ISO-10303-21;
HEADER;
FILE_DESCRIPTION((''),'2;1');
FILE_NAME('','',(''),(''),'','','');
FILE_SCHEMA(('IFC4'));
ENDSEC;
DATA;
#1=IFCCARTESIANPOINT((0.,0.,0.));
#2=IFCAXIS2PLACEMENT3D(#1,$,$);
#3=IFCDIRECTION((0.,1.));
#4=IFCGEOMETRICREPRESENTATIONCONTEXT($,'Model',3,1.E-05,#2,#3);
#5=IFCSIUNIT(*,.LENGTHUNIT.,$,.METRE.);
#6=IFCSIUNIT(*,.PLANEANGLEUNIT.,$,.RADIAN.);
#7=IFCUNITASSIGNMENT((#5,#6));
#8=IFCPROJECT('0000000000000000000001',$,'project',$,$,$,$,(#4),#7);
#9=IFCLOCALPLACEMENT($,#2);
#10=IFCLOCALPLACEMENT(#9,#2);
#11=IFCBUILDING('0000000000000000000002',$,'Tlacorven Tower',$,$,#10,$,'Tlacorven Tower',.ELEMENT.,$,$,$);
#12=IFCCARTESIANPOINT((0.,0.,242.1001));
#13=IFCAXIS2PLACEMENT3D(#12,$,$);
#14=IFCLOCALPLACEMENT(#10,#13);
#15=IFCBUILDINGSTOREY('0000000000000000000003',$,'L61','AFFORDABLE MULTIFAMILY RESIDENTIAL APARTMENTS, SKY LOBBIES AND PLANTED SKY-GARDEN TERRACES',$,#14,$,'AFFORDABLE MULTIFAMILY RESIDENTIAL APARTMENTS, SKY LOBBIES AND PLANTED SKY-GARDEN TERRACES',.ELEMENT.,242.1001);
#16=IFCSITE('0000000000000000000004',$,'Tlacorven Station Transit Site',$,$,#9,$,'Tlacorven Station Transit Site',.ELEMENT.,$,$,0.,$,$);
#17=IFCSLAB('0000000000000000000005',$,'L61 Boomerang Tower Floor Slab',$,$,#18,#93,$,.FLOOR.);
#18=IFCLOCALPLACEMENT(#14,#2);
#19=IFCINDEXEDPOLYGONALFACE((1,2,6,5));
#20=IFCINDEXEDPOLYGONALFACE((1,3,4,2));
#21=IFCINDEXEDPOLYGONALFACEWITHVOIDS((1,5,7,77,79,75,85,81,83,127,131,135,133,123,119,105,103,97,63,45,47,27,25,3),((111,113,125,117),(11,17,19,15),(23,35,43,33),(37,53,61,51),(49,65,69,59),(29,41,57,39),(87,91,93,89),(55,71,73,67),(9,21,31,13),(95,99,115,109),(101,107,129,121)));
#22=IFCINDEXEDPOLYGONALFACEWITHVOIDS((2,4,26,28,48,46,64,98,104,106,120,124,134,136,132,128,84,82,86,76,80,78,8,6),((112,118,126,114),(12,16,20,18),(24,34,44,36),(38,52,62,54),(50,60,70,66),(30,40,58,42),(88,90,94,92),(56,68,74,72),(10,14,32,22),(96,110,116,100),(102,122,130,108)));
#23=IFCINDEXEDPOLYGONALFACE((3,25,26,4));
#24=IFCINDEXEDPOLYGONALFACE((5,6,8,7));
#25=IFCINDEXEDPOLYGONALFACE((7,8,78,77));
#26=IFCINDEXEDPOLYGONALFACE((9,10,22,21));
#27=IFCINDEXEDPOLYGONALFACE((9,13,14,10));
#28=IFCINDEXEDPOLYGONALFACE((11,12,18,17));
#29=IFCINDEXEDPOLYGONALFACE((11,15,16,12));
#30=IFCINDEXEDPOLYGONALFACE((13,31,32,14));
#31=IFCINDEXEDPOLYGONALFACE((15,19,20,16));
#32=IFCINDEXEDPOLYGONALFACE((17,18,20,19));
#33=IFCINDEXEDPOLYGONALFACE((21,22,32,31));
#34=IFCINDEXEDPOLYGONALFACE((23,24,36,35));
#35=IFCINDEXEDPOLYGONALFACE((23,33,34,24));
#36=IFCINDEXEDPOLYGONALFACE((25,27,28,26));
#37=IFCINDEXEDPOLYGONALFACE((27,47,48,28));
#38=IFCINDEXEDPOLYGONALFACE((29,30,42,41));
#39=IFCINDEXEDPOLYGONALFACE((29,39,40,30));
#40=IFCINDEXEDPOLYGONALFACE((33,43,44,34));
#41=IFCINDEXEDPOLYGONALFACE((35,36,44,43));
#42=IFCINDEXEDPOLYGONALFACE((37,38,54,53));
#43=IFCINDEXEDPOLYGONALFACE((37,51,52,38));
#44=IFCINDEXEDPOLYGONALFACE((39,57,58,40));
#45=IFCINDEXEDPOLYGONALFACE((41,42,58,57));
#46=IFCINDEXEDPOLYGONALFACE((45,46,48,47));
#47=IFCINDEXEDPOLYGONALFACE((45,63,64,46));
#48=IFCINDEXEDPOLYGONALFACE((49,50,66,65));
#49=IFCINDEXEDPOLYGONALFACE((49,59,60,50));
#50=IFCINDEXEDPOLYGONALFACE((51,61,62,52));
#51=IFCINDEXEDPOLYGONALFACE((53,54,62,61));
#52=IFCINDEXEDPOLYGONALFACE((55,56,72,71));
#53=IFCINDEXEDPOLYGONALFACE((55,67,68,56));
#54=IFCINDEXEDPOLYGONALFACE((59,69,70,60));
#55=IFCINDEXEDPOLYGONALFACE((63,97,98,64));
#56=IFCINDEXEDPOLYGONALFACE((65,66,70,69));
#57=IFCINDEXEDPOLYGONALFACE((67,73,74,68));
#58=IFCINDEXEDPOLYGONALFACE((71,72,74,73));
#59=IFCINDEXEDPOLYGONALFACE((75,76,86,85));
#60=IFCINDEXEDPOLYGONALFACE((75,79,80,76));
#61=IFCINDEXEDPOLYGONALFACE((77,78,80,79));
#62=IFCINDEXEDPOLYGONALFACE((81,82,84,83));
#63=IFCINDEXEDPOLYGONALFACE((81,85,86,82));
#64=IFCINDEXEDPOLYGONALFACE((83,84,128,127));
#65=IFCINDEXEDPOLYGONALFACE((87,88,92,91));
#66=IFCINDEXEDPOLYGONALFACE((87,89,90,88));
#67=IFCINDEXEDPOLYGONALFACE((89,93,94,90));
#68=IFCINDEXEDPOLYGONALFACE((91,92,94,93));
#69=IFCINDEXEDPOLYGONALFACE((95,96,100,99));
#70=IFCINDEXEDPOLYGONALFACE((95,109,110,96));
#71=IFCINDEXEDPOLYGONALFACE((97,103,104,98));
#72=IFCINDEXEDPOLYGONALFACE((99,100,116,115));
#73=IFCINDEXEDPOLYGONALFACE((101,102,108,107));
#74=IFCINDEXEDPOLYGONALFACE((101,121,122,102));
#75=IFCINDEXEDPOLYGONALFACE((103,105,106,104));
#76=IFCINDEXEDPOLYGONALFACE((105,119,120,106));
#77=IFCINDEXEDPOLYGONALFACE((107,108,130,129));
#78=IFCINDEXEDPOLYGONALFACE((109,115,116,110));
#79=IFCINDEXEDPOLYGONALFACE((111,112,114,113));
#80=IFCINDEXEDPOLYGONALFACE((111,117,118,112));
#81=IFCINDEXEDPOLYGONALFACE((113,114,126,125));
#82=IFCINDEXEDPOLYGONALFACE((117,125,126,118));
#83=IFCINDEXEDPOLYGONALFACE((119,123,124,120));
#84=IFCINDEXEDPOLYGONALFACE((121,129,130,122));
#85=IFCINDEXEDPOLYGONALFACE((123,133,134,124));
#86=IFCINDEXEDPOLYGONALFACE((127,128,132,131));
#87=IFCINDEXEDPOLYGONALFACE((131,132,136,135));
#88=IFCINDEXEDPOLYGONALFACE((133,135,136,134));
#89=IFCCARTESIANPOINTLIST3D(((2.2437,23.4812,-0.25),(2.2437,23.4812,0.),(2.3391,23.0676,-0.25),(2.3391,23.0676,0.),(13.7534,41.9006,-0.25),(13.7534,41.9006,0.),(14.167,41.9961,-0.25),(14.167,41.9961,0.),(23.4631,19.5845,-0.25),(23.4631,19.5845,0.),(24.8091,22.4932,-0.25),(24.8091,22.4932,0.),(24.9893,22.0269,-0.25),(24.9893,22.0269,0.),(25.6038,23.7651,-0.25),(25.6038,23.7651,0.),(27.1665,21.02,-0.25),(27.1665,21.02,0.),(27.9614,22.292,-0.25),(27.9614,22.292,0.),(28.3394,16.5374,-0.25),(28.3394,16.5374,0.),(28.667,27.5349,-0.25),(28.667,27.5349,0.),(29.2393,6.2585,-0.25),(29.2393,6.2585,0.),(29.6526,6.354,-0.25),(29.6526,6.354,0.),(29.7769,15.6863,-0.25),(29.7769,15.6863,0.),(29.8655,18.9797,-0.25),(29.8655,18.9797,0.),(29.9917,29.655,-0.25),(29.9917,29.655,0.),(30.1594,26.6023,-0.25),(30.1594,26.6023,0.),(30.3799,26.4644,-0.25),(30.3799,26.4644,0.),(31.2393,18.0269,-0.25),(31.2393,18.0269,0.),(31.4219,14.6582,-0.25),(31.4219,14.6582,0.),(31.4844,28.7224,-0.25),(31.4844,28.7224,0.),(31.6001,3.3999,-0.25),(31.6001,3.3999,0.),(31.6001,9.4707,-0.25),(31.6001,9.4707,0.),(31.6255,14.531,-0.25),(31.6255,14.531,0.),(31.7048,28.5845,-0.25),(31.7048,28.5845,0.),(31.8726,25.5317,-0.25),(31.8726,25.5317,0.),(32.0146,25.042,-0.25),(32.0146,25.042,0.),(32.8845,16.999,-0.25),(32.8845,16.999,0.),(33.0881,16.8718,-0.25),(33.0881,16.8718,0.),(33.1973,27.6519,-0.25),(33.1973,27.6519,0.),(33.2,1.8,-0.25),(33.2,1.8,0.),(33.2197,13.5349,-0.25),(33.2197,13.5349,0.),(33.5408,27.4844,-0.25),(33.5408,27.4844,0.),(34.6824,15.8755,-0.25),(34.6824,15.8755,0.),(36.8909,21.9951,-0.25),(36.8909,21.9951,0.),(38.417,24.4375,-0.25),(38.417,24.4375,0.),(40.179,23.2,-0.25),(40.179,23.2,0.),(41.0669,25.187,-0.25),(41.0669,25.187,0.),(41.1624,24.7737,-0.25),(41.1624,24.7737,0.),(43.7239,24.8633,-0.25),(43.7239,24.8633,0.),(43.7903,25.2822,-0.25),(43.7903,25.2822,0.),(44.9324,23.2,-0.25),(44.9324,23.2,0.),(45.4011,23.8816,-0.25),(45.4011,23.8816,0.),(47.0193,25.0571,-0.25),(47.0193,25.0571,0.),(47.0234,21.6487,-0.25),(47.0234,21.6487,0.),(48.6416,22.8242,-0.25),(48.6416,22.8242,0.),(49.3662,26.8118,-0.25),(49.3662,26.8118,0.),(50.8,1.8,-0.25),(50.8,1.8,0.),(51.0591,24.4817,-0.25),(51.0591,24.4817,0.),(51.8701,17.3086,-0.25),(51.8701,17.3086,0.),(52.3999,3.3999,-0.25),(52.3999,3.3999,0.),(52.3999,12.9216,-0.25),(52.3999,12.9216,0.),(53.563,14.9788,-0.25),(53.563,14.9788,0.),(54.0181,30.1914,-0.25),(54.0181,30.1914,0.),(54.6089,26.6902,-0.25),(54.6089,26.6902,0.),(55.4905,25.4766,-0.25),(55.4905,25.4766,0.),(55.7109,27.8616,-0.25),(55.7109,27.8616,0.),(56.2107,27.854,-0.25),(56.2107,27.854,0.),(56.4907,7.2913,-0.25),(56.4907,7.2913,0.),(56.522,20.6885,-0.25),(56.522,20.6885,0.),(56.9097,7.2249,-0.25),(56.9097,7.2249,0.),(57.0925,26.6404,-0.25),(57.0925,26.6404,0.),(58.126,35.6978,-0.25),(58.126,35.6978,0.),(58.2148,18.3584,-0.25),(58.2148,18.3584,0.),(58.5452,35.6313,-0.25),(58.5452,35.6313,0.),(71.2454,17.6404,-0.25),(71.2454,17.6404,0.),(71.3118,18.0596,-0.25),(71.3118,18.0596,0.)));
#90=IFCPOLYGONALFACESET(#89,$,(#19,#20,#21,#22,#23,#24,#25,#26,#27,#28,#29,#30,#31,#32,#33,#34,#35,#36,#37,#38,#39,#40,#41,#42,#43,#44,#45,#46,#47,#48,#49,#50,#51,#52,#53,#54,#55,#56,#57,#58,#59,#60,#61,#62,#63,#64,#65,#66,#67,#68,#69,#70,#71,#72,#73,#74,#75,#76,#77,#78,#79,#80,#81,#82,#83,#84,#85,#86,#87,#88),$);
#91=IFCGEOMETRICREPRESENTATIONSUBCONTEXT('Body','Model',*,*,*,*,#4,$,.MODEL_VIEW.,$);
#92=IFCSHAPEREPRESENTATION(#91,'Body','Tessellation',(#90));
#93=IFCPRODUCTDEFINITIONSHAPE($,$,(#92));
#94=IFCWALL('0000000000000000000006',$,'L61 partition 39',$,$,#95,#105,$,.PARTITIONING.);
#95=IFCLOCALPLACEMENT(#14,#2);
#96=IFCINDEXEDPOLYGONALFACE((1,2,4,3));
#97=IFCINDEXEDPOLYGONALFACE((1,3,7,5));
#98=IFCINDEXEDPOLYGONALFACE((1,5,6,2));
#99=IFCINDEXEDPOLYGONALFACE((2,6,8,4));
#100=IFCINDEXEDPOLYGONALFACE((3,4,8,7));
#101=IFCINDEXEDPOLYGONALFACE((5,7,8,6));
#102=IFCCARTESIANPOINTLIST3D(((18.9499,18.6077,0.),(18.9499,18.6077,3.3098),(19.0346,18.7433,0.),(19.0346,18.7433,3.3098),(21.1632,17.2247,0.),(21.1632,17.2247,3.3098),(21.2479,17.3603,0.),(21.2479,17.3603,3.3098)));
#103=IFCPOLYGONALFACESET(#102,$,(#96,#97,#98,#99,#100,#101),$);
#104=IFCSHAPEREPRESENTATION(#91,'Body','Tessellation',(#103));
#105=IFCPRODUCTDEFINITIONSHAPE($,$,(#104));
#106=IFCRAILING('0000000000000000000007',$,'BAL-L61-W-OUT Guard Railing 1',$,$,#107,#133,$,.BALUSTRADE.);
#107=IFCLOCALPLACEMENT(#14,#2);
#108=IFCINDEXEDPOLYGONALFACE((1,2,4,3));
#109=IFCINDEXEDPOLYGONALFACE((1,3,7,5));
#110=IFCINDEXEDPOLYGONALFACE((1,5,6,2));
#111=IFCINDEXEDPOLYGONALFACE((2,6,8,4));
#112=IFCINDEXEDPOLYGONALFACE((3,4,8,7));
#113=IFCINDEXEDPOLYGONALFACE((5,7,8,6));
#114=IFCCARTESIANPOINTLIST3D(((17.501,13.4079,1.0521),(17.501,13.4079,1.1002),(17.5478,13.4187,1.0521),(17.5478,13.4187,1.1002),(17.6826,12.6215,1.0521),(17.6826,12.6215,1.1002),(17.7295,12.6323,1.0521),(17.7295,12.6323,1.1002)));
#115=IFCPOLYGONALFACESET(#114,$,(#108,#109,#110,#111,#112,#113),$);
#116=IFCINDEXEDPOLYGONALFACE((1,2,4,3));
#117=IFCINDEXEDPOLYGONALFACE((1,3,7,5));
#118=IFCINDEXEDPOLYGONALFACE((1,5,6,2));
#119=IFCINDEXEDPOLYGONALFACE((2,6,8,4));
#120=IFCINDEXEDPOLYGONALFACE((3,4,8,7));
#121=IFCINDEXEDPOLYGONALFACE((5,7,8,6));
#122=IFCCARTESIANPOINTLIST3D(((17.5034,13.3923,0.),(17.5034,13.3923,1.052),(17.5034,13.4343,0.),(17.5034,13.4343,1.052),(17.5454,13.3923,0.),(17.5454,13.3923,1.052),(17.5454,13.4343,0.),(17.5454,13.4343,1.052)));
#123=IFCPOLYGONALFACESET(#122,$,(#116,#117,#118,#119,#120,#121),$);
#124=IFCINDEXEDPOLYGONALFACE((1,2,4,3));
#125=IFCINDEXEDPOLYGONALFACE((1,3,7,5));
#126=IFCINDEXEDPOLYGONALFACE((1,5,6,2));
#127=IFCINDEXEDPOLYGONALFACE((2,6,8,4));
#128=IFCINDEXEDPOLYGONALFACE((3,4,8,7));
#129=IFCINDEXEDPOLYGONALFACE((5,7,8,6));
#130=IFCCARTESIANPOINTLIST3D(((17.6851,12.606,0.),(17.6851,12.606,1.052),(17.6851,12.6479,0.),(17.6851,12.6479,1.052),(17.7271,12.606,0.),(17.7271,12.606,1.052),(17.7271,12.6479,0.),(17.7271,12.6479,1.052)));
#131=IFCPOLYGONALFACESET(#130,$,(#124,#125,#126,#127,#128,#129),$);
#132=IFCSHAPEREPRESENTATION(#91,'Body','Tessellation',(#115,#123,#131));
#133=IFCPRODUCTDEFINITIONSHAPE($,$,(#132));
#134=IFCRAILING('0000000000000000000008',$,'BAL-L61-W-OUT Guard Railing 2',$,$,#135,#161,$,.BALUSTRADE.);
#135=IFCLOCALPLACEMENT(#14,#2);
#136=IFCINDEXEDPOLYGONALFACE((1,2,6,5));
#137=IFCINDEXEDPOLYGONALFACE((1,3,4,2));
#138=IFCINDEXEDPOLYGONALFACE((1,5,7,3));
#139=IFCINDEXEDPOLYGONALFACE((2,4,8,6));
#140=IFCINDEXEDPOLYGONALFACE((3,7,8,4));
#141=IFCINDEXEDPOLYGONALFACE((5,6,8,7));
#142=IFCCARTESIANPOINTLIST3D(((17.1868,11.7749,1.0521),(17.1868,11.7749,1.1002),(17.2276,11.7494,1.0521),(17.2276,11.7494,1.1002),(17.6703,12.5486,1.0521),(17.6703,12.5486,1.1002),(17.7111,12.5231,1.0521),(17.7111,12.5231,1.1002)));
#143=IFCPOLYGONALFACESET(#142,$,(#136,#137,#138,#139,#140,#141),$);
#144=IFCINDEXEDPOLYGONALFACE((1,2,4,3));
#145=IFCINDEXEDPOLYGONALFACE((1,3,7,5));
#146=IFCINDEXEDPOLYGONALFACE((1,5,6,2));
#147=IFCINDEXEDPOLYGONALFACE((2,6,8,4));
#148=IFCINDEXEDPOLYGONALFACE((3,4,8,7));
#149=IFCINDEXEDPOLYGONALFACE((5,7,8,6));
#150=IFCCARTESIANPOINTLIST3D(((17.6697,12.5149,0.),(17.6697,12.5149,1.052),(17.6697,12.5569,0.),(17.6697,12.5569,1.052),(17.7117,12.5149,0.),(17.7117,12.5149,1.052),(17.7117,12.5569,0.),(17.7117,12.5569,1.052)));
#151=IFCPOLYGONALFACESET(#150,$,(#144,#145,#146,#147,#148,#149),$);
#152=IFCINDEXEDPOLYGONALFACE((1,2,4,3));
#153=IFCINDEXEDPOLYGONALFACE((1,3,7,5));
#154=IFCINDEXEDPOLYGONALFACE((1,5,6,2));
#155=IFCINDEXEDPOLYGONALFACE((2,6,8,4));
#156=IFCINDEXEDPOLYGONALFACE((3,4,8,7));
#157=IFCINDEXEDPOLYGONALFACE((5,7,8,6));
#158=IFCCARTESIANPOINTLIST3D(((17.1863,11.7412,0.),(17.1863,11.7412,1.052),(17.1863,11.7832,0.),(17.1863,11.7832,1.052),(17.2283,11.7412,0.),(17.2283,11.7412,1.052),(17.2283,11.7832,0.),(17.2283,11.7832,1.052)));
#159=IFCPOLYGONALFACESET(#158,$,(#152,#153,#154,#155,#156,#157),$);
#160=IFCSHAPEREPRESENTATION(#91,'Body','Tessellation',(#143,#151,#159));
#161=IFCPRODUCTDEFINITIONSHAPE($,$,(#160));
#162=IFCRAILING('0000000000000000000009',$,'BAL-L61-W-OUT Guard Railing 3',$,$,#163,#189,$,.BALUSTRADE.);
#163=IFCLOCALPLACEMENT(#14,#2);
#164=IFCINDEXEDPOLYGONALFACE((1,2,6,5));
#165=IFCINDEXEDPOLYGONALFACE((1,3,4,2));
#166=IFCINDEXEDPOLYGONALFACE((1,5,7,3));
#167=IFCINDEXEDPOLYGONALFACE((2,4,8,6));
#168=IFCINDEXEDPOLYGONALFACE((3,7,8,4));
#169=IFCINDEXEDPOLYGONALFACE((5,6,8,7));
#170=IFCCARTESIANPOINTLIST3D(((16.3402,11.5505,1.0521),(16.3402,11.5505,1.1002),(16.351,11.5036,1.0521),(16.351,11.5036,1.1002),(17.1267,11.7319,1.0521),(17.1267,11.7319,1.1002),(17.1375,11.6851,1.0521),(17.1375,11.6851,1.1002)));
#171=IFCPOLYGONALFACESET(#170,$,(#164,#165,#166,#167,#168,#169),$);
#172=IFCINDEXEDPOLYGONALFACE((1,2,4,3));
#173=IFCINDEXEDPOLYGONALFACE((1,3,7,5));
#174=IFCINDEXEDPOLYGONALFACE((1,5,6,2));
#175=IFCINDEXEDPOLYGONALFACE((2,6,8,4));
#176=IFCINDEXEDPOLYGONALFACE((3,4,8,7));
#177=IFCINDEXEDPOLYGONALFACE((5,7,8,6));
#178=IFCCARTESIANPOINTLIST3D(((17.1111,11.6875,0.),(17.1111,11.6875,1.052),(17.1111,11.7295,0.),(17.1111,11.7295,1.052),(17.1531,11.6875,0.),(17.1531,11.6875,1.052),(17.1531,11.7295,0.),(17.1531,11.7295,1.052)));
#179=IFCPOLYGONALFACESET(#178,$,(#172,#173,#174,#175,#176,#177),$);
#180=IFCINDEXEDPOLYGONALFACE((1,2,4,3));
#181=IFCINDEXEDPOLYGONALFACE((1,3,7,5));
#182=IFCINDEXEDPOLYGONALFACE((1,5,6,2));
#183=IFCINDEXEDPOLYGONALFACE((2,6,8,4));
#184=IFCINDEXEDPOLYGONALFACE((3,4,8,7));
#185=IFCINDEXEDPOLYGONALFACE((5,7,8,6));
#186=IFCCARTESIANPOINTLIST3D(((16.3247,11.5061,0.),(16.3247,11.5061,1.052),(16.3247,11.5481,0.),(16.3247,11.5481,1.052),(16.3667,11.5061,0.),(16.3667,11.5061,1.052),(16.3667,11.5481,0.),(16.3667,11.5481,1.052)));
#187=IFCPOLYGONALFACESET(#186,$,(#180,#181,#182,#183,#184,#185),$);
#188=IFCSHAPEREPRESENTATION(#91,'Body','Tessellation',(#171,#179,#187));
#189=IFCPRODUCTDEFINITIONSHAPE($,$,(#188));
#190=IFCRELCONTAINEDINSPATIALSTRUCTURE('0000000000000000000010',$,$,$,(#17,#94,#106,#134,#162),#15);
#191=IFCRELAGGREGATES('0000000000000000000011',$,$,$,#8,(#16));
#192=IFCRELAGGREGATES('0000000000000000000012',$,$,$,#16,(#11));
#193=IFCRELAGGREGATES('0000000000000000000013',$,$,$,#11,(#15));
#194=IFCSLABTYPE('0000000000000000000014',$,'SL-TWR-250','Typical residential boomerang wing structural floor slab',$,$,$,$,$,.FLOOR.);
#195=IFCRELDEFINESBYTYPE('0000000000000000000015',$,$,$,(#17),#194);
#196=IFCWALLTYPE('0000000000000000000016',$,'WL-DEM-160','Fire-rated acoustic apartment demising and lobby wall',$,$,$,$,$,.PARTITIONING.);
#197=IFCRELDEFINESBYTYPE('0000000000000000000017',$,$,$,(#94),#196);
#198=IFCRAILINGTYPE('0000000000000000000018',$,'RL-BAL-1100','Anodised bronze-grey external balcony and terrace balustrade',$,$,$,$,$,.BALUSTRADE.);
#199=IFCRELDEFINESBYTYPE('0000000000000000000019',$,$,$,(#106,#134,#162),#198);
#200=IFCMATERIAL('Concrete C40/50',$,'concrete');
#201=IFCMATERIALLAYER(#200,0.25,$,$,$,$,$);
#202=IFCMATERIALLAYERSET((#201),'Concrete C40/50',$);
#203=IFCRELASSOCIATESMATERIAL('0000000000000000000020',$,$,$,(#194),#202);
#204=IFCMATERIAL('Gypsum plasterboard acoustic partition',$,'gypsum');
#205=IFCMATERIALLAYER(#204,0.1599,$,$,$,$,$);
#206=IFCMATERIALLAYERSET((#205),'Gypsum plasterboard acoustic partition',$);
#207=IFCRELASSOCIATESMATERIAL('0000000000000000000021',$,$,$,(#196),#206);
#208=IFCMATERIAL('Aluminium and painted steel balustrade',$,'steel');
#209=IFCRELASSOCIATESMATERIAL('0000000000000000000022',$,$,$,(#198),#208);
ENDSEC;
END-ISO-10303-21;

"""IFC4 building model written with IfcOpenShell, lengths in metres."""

from ifc_helpers import new_model, si_unit, direction, frame, frame_2d, origin, origin_2d, place, context, subcontext, project, spatial, polyline, rectangle, outline, extrude, source, transform, mapped, material, layer, layer_set, type_object, element, save


model = new_model("IFC4")

# Units and contexts
model_context = context("Model", 3, precision=1e-05, world=origin(), true_north=direction((0.0, 1.0)))
body_context = subcontext(model_context, "Body", "Model", "MODEL_VIEW")
ifc_project = project(units=[si_unit("LENGTHUNIT", "METRE"), si_unit("PLANEANGLEUNIT", "RADIAN")], contexts=[model_context])

# Site, building, storey
site_placement = place(None, origin())
site = spatial("IfcSite", under=ifc_project, at=site_placement, Name="Tlacorven Station Transit Site", LongName="Tlacorven Station Transit Site", CompositionType="ELEMENT", RefElevation=0.0)
building_placement = place(site_placement, origin())
building = spatial("IfcBuilding", under=site, at=building_placement, Name="Tlacorven Tower", LongName="Tlacorven Tower", CompositionType="ELEMENT")
storey_placement = place(building_placement, frame((0.0, 0.0, 242.1001)))
storey = spatial("IfcBuildingStorey", under=building, at=storey_placement, Name="L61", Description="AFFORDABLE MULTIFAMILY RESIDENTIAL APARTMENTS, SKY LOBBIES AND PLANTED SKY-GARDEN TERRACES", LongName="AFFORDABLE MULTIFAMILY RESIDENTIAL APARTMENTS, SKY LOBBIES AND PLANTED SKY-GARDEN TERRACES", CompositionType="ELEMENT", Elevation=242.1001)

# Shared definitions
ifc_material_1 = material(Name="Concrete C40/50", Category="concrete")

# Slab
ifc_layer_1 = layer(ifc_material_1, 0.25)
ifc_layer_set_1 = layer_set([ifc_layer_1], Name="Concrete C40/50")
slab_type_1 = type_object("IfcSlabType", Name="SL-TWR-250", Description="Typical residential boomerang wing structural floor slab", PredefinedType="FLOOR", material=ifc_layer_set_1)
slab_1_placement = place(storey_placement, frame((0.0, 0.0, -0.25)))
element("IfcSlab", 1, at=slab_1_placement, inside=storey, type_object=slab_type_1, Name="L61 Boomerang Tower Floor Slab", PredefinedType="FLOOR", context=body_context, shape_type="SweptSolid", body=[
    extrude(outline(polyline([(52.3999, 3.3999), (50.8, 1.8), (33.2, 1.8), (31.6001, 3.3999), (31.6001, 9.4707), (29.6526, 6.354), (29.2393, 6.2585), (2.3391, 23.0676), (2.2437, 23.4812), (13.7534, 41.9006), (14.167, 41.9961), (41.0669, 25.187), (41.1624, 24.7737), (40.179, 23.2), (44.9324, 23.2), (43.7239, 24.8633), (43.7903, 25.2822), (58.126, 35.6978), (58.5452, 35.6313), (71.3118, 18.0596), (71.2454, 17.6404), (56.9097, 7.2249), (56.4907, 7.2913), (52.3999, 12.9216), (52.3999, 3.3999)]), holes=[polyline([(29.8655, 18.9797), (24.9893, 22.0269), (23.4631, 19.5845), (28.3394, 16.5374), (29.8655, 18.9797)]), polyline([(38.417, 24.4375), (33.5408, 27.4844), (32.0146, 25.042), (36.8909, 21.9951), (38.417, 24.4375)]), polyline([(51.0591, 24.4817), (55.7109, 27.8616), (54.0181, 30.1914), (49.3662, 26.8118), (51.0591, 24.4817)]), polyline([(53.563, 14.9788), (58.2148, 18.3584), (56.522, 20.6885), (51.8701, 17.3086), (53.563, 14.9788)]), polyline([(34.6824, 15.8755), (33.0881, 16.8718), (31.6255, 14.531), (33.2197, 13.5349), (34.6824, 15.8755)]), polyline([(32.8845, 16.999), (31.2393, 18.0269), (29.7769, 15.6863), (31.4219, 14.6582), (32.8845, 16.999)]), polyline([(47.0234, 21.6487), (48.6416, 22.8242), (47.0193, 25.0571), (45.4011, 23.8816), (47.0234, 21.6487)]), polyline([(33.1973, 27.6519), (31.7048, 28.5845), (30.3799, 26.4644), (31.8726, 25.5317), (33.1973, 27.6519)]), polyline([(31.4844, 28.7224), (29.9917, 29.655), (28.667, 27.5349), (30.1594, 26.6023), (31.4844, 28.7224)]), polyline([(27.9614, 22.292), (25.6038, 23.7651), (24.8091, 22.4932), (27.1665, 21.02), (27.9614, 22.292)]), polyline([(55.4905, 25.4766), (57.0925, 26.6404), (56.2107, 27.854), (54.6089, 26.6902), (55.4905, 25.4766)])]), origin(), (0.0, 0.0, 1.0), 0.25),
])

# Wall
ifc_material_2 = material(Name="Gypsum plasterboard acoustic partition", Category="gypsum")
ifc_layer_2 = layer(ifc_material_2, 0.1599)
ifc_layer_set_2 = layer_set([ifc_layer_2], Name="Gypsum plasterboard acoustic partition")
wall_type = type_object("IfcWallType", Name="WL-DEM-160", Description="Fire-rated acoustic apartment demising and lobby wall", PredefinedType="PARTITIONING", material=ifc_layer_set_2)
wall_placement = place(storey_placement, frame((21.2056, 17.2925, 0.0), z_axis=(0.0, 0.0, 1.0), x_axis=(-0.848051, 0.529915, 0.0)))
element("IfcWall", 2, at=wall_placement, inside=storey, type_object=wall_type, Name="L61 partition 39", PredefinedType="PARTITIONING", context=body_context, shape_type="SweptSolid", body=[
    extrude(rectangle(XDim=2.6099, YDim=0.1599, at=frame_2d((1.3049, 0.0))), origin(), (0.0, 0.0, 1.0), 3.3098),
])

# Railings
ifc_material_3 = material(Name="Aluminium and painted steel balustrade", Category="steel")
railing_type = type_object("IfcRailingType", Name="RL-BAL-1100", Description="Anodised bronze-grey external balcony and terrace balustrade", PredefinedType="BALUSTRADE", material=ifc_material_3)
shared_shape_1 = source(origin(), body_context, "Body", "SweptSolid", [
    extrude(rectangle(XDim=0.0481, YDim=0.0481, at=origin_2d()), frame((0.0, 0.0, 1.0762), z_axis=(0.225058, -0.974345, 0.0), x_axis=(0.974345, 0.225058, 0.0)), (0.0, 0.0, 1.0), 0.8071),
    extrude(rectangle(XDim=0.042, YDim=0.042, at=origin_2d()), origin(), (0.0, 0.0, 1.0), 1.052),
    extrude(rectangle(XDim=0.042, YDim=0.042, at=origin_2d()), frame((0.1816, -0.7864, 0.0)), (0.0, 0.0, 1.0), 1.052),
])
railing_1_placement = place(storey_placement, frame((17.5244, 13.4133, 0.0)))
element("IfcRailing", 3, at=railing_1_placement, inside=storey, type_object=railing_type, Name="BAL-L61-W-OUT Guard Railing 1", PredefinedType="BALUSTRADE", context=body_context, shape_type="MappedRepresentation", body=[
    mapped(shared_shape_1, transform((0.0, 0.0, 0.0), scale=1.0)),
])
shared_shape_2 = source(origin(), body_context, "Body", "SweptSolid", [
    extrude(rectangle(XDim=0.0481, YDim=0.0481, at=origin_2d()), frame((0.0, 0.0, 1.0762), z_axis=(-0.529879, -0.848073, 0.0), x_axis=(0.848073, -0.529879, 0.0)), (0.0, 0.0, 1.0), 0.9124),
    extrude(rectangle(XDim=0.042, YDim=0.042, at=origin_2d()), origin(), (0.0, 0.0, 1.0), 1.052),
    extrude(rectangle(XDim=0.042, YDim=0.042, at=origin_2d()), frame((-0.4834, -0.7737, 0.0)), (0.0, 0.0, 1.0), 1.052),
])
railing_2_placement = place(storey_placement, frame((17.6907, 12.5359, 0.0)))
element("IfcRailing", 4, at=railing_2_placement, inside=storey, type_object=railing_type, Name="BAL-L61-W-OUT Guard Railing 2", PredefinedType="BALUSTRADE", context=body_context, shape_type="MappedRepresentation", body=[
    mapped(shared_shape_2, transform((0.0, 0.0, 0.0), scale=1.0)),
])
shared_shape_3 = source(origin(), body_context, "Body", "SweptSolid", [
    extrude(rectangle(XDim=0.0481, YDim=0.0481, at=origin_2d()), frame((0.0, 0.0, 1.0762), z_axis=(-0.974412, -0.224771, 0.0), x_axis=(0.224771, -0.974412, 0.0)), (0.0, 0.0, 1.0), 0.8071),
    extrude(rectangle(XDim=0.042, YDim=0.042, at=origin_2d()), origin(), (0.0, 0.0, 1.0), 1.052),
    extrude(rectangle(XDim=0.042, YDim=0.042, at=origin_2d()), frame((-0.7864, -0.1814, 0.0)), (0.0, 0.0, 1.0), 1.052),
])
railing_3_placement = place(storey_placement, frame((17.1321, 11.7085, 0.0)))
element("IfcRailing", 5, at=railing_3_placement, inside=storey, type_object=railing_type, Name="BAL-L61-W-OUT Guard Railing 3", PredefinedType="BALUSTRADE", context=body_context, shape_type="MappedRepresentation", body=[
    mapped(shared_shape_3, transform((0.0, 0.0, 0.0), scale=1.0)),
])

save(model, "model.ifc")
